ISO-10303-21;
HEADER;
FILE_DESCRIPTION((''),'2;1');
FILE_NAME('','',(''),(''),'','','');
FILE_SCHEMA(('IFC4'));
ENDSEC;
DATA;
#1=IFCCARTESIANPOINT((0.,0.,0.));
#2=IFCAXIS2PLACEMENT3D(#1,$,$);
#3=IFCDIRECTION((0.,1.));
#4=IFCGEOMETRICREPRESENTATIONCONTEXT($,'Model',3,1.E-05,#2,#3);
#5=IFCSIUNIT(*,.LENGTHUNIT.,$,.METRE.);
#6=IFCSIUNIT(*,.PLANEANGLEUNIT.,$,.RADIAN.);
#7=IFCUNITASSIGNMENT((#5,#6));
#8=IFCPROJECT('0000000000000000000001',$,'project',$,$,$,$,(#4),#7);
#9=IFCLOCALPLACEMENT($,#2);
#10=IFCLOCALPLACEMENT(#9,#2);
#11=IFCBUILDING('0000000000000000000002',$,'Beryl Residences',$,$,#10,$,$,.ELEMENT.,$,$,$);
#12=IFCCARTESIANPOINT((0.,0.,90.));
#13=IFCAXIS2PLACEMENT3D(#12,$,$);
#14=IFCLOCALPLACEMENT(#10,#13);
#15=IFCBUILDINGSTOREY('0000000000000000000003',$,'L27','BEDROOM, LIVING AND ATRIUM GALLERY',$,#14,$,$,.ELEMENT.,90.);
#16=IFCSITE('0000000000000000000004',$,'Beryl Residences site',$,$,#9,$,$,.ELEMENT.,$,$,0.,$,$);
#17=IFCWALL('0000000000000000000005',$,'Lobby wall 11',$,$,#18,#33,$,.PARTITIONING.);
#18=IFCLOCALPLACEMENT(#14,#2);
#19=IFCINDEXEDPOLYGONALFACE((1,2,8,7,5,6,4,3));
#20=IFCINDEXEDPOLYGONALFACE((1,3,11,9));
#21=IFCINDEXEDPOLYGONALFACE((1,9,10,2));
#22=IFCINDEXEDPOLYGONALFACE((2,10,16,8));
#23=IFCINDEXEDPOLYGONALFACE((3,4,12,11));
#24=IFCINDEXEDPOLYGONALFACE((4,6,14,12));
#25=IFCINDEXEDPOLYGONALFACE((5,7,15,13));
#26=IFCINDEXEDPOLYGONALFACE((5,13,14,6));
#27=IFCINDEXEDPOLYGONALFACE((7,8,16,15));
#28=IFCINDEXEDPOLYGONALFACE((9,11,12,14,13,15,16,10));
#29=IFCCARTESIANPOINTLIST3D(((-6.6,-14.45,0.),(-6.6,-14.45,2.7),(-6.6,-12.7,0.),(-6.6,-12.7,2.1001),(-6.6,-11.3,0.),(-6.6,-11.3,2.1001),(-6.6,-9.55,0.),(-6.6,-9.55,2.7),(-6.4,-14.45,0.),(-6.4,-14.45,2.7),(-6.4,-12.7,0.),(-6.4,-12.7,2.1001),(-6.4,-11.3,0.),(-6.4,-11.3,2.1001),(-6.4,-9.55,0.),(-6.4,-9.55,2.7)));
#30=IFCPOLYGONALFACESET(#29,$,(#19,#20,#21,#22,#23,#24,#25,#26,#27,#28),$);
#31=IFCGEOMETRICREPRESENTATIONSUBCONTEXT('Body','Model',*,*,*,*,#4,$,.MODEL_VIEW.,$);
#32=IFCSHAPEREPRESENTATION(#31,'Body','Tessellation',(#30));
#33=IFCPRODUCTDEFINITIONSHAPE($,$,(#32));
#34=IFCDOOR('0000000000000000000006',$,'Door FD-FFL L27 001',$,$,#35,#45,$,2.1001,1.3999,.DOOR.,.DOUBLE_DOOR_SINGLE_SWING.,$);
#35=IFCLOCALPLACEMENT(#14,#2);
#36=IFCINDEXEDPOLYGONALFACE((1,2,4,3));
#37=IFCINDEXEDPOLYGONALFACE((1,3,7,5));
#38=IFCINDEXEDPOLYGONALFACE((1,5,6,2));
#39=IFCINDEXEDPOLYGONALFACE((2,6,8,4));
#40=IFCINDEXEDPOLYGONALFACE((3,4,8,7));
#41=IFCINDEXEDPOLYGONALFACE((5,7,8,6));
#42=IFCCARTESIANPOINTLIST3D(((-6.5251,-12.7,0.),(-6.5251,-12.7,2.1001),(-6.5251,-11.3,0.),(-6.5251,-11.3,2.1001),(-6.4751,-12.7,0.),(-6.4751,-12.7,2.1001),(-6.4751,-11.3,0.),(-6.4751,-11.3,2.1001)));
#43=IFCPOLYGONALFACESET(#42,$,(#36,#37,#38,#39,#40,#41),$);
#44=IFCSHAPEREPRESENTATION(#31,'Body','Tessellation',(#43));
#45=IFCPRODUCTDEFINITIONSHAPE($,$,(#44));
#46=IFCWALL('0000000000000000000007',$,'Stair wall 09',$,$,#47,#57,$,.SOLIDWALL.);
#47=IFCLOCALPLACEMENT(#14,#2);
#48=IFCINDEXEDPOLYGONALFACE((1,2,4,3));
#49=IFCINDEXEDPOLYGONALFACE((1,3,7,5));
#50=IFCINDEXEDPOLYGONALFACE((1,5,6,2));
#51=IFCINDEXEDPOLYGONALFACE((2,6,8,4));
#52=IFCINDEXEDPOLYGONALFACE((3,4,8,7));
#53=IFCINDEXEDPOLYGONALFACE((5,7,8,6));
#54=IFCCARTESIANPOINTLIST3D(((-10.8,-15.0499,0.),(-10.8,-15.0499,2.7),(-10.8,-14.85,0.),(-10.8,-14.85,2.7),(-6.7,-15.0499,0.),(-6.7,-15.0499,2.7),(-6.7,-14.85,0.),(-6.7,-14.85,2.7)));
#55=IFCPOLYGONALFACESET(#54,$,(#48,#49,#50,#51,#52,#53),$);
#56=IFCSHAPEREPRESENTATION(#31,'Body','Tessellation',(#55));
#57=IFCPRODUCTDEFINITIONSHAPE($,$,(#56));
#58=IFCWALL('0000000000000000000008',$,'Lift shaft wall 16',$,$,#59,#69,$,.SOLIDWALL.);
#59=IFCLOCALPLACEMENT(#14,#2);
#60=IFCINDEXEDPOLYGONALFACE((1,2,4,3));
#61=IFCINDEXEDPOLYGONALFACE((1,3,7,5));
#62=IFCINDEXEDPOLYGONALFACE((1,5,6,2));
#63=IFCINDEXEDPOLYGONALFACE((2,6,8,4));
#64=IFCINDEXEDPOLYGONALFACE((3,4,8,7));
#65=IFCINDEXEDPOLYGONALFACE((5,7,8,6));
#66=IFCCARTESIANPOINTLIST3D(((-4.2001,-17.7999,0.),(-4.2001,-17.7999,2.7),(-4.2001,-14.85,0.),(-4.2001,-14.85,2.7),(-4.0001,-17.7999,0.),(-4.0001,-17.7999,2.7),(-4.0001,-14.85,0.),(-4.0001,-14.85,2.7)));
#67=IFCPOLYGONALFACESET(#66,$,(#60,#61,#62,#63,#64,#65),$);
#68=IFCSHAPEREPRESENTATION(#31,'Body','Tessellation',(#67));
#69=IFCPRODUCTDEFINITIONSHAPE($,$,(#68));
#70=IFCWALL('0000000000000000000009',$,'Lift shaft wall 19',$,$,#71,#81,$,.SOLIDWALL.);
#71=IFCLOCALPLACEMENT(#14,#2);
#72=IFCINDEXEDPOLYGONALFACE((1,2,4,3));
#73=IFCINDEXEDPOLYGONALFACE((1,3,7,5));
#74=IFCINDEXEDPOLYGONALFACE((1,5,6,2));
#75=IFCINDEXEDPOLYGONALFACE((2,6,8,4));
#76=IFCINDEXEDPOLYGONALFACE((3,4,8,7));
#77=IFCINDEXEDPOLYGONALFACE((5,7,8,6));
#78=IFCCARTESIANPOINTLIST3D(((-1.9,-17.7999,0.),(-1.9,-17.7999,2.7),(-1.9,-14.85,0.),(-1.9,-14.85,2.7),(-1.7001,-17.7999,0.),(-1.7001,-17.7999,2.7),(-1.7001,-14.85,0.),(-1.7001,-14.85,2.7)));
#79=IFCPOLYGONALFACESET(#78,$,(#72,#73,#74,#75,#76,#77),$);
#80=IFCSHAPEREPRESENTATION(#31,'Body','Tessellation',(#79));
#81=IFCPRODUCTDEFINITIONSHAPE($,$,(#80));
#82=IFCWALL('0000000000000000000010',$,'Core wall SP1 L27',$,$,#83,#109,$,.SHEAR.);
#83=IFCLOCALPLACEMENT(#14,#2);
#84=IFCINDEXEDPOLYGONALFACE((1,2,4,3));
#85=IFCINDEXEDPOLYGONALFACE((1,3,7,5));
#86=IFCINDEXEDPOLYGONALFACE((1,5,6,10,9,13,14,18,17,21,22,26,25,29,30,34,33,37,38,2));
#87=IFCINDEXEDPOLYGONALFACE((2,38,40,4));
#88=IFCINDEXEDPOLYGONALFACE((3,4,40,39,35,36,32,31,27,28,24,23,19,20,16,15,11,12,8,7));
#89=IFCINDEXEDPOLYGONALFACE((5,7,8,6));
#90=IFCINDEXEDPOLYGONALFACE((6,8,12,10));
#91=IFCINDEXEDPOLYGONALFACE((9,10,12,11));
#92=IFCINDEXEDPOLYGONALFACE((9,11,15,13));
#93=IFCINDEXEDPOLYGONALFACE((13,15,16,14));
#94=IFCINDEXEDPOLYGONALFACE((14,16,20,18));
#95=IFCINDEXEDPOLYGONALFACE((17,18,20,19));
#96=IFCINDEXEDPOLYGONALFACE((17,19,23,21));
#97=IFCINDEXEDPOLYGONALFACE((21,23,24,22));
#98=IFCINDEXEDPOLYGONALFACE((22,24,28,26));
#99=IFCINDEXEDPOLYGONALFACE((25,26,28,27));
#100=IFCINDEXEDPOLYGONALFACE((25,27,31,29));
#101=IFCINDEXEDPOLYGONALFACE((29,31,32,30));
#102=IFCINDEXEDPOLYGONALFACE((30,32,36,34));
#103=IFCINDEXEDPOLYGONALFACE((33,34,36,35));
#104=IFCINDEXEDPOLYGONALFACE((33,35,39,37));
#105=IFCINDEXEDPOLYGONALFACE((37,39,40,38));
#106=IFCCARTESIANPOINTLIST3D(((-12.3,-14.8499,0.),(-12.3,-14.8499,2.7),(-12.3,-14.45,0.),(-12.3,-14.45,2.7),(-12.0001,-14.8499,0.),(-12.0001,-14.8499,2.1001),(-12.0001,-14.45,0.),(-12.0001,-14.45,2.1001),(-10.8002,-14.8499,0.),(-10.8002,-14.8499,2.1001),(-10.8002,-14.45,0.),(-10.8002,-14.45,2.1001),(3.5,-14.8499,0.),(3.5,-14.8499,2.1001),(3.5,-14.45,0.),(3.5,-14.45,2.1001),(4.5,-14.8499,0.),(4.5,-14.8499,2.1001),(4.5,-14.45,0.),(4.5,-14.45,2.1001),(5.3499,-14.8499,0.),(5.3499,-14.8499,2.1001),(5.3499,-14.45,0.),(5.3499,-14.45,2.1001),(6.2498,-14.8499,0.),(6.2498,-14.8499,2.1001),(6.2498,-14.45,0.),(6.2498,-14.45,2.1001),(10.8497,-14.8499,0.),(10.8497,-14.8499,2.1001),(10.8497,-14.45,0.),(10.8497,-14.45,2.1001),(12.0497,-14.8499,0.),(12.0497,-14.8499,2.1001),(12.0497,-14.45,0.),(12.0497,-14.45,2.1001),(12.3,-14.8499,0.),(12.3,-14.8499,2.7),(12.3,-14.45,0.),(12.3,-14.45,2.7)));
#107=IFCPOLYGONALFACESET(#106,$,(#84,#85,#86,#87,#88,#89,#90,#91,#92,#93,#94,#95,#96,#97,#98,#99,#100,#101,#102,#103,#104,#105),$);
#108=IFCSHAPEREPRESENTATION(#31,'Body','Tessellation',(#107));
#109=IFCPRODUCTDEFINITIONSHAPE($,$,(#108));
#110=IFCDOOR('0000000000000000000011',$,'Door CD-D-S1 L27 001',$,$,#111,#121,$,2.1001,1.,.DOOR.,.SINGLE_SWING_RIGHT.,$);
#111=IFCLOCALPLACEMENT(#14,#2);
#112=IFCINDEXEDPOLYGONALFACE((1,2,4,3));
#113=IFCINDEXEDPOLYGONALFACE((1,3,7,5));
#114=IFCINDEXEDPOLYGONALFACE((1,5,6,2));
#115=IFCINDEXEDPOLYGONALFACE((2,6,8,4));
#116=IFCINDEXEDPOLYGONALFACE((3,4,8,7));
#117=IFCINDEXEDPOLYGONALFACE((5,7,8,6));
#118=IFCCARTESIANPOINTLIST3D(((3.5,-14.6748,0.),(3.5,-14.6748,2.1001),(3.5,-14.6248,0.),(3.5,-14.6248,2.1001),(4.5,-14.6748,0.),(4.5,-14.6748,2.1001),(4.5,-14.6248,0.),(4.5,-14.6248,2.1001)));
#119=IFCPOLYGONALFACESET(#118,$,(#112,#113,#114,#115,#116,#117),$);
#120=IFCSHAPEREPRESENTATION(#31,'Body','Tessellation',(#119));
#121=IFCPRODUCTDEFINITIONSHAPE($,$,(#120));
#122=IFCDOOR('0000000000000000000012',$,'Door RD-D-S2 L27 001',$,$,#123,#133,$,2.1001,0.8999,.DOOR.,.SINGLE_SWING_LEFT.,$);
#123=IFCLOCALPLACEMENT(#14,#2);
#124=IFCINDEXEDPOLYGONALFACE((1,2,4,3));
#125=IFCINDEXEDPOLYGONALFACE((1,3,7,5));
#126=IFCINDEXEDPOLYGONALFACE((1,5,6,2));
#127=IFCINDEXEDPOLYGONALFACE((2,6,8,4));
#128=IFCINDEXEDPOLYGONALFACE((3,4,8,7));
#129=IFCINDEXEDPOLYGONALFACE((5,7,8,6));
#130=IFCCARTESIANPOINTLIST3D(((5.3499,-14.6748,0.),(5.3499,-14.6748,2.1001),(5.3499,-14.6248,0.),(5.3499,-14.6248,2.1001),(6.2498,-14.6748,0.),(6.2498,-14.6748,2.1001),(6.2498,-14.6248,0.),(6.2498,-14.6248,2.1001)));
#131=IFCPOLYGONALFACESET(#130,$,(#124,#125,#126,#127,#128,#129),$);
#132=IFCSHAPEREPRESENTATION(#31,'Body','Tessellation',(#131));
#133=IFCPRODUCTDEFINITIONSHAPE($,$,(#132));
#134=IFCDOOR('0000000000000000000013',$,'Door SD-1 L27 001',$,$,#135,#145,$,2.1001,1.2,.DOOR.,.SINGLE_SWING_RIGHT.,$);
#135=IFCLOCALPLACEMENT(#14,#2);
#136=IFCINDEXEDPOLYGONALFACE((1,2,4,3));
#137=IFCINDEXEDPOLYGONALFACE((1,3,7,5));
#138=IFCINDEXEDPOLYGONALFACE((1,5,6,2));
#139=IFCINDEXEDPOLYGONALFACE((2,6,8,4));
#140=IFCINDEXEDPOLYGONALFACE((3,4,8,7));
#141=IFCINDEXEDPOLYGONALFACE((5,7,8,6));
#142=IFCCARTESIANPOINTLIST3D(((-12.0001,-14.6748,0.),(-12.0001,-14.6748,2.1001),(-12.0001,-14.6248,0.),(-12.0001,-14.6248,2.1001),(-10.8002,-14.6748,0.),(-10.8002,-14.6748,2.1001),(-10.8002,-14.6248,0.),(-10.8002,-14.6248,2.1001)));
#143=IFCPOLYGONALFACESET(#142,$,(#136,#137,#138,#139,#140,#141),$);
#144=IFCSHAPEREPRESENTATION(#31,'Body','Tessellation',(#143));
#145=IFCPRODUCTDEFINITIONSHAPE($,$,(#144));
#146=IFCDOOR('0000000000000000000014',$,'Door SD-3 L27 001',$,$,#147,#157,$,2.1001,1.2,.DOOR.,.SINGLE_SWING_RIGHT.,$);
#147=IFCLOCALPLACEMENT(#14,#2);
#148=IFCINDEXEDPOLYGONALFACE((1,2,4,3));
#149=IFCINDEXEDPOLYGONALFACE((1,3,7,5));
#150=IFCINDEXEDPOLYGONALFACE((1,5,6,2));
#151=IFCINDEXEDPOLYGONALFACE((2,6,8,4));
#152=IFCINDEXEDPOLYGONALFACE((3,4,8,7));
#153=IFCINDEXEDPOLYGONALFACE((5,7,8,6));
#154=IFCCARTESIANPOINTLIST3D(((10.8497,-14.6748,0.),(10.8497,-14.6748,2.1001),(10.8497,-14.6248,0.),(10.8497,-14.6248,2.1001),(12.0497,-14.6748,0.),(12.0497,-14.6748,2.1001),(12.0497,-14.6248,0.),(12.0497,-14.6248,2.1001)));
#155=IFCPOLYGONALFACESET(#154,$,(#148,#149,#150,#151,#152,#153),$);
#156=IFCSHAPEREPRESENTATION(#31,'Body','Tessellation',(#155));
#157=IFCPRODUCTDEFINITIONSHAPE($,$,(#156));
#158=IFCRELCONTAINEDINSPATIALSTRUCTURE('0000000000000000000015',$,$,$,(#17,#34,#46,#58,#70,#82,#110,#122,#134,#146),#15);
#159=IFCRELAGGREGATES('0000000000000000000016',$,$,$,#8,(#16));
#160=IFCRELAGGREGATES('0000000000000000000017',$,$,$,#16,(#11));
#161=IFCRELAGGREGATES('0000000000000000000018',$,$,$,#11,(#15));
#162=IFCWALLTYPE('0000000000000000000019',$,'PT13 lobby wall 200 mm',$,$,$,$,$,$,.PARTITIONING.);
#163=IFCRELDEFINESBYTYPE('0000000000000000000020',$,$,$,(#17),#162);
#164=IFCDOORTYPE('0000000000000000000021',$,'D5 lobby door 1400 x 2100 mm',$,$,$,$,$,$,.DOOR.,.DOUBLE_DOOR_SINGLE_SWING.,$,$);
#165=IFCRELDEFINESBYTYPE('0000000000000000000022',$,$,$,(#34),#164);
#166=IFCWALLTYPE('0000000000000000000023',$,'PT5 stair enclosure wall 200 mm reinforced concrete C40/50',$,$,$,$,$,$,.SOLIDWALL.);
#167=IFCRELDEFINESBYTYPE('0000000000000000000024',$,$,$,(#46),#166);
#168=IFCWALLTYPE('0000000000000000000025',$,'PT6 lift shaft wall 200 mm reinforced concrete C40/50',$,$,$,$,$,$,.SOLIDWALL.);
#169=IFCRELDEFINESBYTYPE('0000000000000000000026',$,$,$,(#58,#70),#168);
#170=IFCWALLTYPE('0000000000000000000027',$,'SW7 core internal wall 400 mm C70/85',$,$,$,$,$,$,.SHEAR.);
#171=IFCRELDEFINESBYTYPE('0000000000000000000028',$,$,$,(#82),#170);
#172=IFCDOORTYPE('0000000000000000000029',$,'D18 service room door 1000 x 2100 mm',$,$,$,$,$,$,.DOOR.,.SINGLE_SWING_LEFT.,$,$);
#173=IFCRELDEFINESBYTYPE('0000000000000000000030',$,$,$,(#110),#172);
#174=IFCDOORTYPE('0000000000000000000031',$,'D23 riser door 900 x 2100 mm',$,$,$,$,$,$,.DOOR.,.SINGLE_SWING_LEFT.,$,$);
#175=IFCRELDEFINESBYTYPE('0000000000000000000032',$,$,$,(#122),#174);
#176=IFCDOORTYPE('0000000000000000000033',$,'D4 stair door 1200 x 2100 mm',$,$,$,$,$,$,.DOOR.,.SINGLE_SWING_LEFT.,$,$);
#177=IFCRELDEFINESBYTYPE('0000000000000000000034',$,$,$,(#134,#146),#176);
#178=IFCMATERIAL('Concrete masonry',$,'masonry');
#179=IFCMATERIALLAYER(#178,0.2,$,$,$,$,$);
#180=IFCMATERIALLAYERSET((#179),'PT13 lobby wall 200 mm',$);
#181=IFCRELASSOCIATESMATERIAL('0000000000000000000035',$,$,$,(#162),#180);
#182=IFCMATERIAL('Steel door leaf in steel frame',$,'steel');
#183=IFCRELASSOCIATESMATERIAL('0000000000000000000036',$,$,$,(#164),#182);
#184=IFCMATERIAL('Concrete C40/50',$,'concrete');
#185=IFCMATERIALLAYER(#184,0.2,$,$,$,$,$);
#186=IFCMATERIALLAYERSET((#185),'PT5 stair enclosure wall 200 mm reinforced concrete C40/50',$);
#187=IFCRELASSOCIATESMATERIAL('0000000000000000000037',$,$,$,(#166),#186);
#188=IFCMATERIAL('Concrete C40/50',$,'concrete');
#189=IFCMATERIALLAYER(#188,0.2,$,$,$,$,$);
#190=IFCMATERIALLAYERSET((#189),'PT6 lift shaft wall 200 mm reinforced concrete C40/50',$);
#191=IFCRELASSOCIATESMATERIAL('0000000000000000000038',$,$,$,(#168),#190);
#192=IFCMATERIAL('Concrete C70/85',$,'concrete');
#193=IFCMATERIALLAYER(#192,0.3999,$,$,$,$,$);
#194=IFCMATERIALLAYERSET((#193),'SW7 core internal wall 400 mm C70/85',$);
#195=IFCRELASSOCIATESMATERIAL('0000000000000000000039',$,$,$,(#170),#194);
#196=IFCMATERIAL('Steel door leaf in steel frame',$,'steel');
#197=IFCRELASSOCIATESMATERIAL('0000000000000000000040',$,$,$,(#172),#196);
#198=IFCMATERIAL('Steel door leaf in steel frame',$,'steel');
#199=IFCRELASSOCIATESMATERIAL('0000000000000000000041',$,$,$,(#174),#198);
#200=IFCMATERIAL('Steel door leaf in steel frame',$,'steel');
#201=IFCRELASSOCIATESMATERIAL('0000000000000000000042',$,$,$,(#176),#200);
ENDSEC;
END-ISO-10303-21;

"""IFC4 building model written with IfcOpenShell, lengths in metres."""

from ifc_helpers import new_model, si_unit, direction, frame, frame_2d, origin, place, context, subcontext, project, spatial, rectangle, extrude, material, layer, layer_set, type_object, element, fill, save


model = new_model("IFC4")

# Units and contexts
model_context = context("Model", 3, precision=1e-05, world=origin(), true_north=direction((0.0, 1.0)))
body_context = subcontext(model_context, "Body", "Model", "MODEL_VIEW")
ifc_project = project(units=[si_unit("LENGTHUNIT", "METRE"), si_unit("PLANEANGLEUNIT", "RADIAN")], contexts=[model_context])

# Site, building, storey
site_placement = place(None, origin())
site = spatial("IfcSite", under=ifc_project, at=site_placement, Name="Beryl Residences site", CompositionType="ELEMENT", RefElevation=0.0)
building_placement = place(site_placement, origin())
building = spatial("IfcBuilding", under=site, at=building_placement, Name="Beryl Residences", CompositionType="ELEMENT")
storey_placement = place(building_placement, frame((0.0, 0.0, 90.0)))
storey = spatial("IfcBuildingStorey", under=building, at=storey_placement, Name="L27", Description="BEDROOM, LIVING AND ATRIUM GALLERY", CompositionType="ELEMENT", Elevation=90.0)

# Wall, opening, door
ifc_material_1 = material(Name="Concrete masonry", Category="masonry")
ifc_layer_1 = layer(ifc_material_1, 0.2)
ifc_layer_set_1 = layer_set([ifc_layer_1], Name="PT13 lobby wall 200 mm")
wall_type_1 = type_object("IfcWallType", Name="PT13 lobby wall 200 mm", PredefinedType="PARTITIONING", material=ifc_layer_set_1)
wall_1_placement = place(storey_placement, frame((-6.5, -14.45, 0.0), z_axis=(0.0, 0.0, 1.0), x_axis=(0.0, 1.0, 0.0)))
wall_1 = element("IfcWall", 1, at=wall_1_placement, inside=storey, type_object=wall_type_1, Name="Lobby wall 11", PredefinedType="PARTITIONING", context=body_context, shape_type="SweptSolid", body=[
    extrude(rectangle(XDim=4.8999, YDim=0.2, at=frame_2d((2.45, 0.0))), origin(), (0.0, 0.0, 1.0), 2.7),
])
opening_1_placement = place(wall_1_placement, frame((3.1499, 0.0, 0.0), z_axis=(0.0, 0.0, 1.0), x_axis=(-1.0, 0.0, 0.0)))
opening_1 = element("IfcOpeningElement", 2, at=opening_1_placement, cuts=wall_1, PredefinedType="OPENING", context=body_context, shape_type="SweptSolid", body=[
    extrude(rectangle(XDim=1.3999, YDim=2.1001, at=frame_2d((0.7, 1.05))), frame((0.0, 0.1099, 0.0), z_axis=(0.0, -1.0, 0.0), x_axis=(1.0, 0.0, 0.0)), (0.0, 0.0, 1.0), 0.22),
])
ifc_material_2 = material(Name="Steel door leaf in steel frame", Category="steel")
door_type_1 = type_object("IfcDoorType", Name="D5 lobby door 1400 x 2100 mm", OperationType="DOUBLE_DOOR_SINGLE_SWING", PredefinedType="DOOR", material=ifc_material_2)
door_1_placement = place(opening_1_placement, origin())
door_1 = element("IfcDoor", 3, at=door_1_placement, inside=storey, type_object=door_type_1, Name="Door FD-FFL L27 001", OperationType="DOUBLE_DOOR_SINGLE_SWING", OverallHeight=2.1001, OverallWidth=1.3999, PredefinedType="DOOR", context=body_context, shape_type="SweptSolid", body=[
    extrude(rectangle(XDim=1.3999, YDim=2.1001, at=frame_2d((0.7, 1.05))), frame((0.0, 0.0249, 0.0), z_axis=(0.0, -1.0, 0.0), x_axis=(1.0, 0.0, 0.0)), (0.0, 0.0, 1.0), 0.05),
])
fill(opening_1, door_1)

# Walls
ifc_material_3 = material(Name="Concrete C40/50", Category="concrete")
ifc_layer_2 = layer(ifc_material_3, 0.2)
ifc_layer_set_2 = layer_set([ifc_layer_2], Name="PT5 stair enclosure wall 200 mm reinforced concrete C40/50")
wall_type_2 = type_object("IfcWallType", Name="PT5 stair enclosure wall 200 mm reinforced concrete C40/50", PredefinedType="SOLIDWALL", material=ifc_layer_set_2)
wall_2_placement = place(storey_placement, frame((-10.8, -14.95, 0.0), z_axis=(0.0, 0.0, 1.0), x_axis=(1.0, 0.0, 0.0)))
element("IfcWall", 4, at=wall_2_placement, inside=storey, type_object=wall_type_2, Name="Stair wall 09", PredefinedType="SOLIDWALL", context=body_context, shape_type="SweptSolid", body=[
    extrude(rectangle(XDim=4.1001, YDim=0.2, at=frame_2d((2.05, 0.0))), origin(), (0.0, 0.0, 1.0), 2.7),
])
ifc_material_4 = material(Name="Concrete C40/50", Category="concrete")
ifc_layer_3 = layer(ifc_material_4, 0.2)
ifc_layer_set_3 = layer_set([ifc_layer_3], Name="PT6 lift shaft wall 200 mm reinforced concrete C40/50")
wall_type_3 = type_object("IfcWallType", Name="PT6 lift shaft wall 200 mm reinforced concrete C40/50", PredefinedType="SOLIDWALL", material=ifc_layer_set_3)
for number, where, z_axis, x_axis, name in (
    (5, (-4.1001, -17.8, 0.0), (0.0, 0.0, 1.0), (0.0, 1.0, 0.0), "Lift shaft wall 16"),
    (6, (-1.8, -17.8, 0.0), (0.0, 0.0, 1.0), (0.0, 1.0, 0.0), "Lift shaft wall 19"),
):
    element("IfcWall", number, at=place(storey_placement, frame(where, z_axis=z_axis, x_axis=x_axis)), inside=storey, type_object=wall_type_3, Name=name, PredefinedType="SOLIDWALL", context=body_context, shape_type="SweptSolid", body=[
        extrude(rectangle(XDim=2.95, YDim=0.2, at=frame_2d((1.4751, 0.0))), origin(), (0.0, 0.0, 1.0), 2.7),
    ])

# Wall, openings, doors
ifc_material_5 = material(Name="Concrete C70/85", Category="concrete")
ifc_layer_4 = layer(ifc_material_5, 0.3999)
ifc_layer_set_4 = layer_set([ifc_layer_4], Name="SW7 core internal wall 400 mm C70/85")
wall_type_4 = type_object("IfcWallType", Name="SW7 core internal wall 400 mm C70/85", PredefinedType="SHEAR", material=ifc_layer_set_4)
wall_3_placement = place(storey_placement, frame((-12.3, -14.6499, 0.0), z_axis=(0.0, 0.0, 1.0), x_axis=(1.0, 0.0, 0.0)))
wall_3 = element("IfcWall", 7, at=wall_3_placement, inside=storey, type_object=wall_type_4, Name="Core wall SP1 L27", PredefinedType="SHEAR", context=body_context, shape_type="SweptSolid", body=[
    extrude(rectangle(XDim=24.6001, YDim=0.3999, at=frame_2d((12.3, 0.0))), origin(), (0.0, 0.0, 1.0), 2.7),
])
opening_2_placement = place(wall_3_placement, frame((1.5, 0.0, 0.0), z_axis=(0.0, 0.0, 1.0), x_axis=(-1.0, 0.0, 0.0)))
opening_2 = element("IfcOpeningElement", 8, at=opening_2_placement, cuts=wall_3, PredefinedType="OPENING", context=body_context, shape_type="SweptSolid", body=[
    extrude(rectangle(XDim=1.2, YDim=2.1001, at=frame_2d((0.6001, 1.05))), frame((0.0, 0.21, 0.0), z_axis=(0.0, -1.0, 0.0), x_axis=(1.0, 0.0, 0.0)), (0.0, 0.0, 1.0), 0.4199),
])
opening_3_placement = place(wall_3_placement, frame((24.3499, 0.0, 0.0), z_axis=(0.0, 0.0, 1.0), x_axis=(-1.0, 0.0, 0.0)))
opening_3 = element("IfcOpeningElement", 9, at=opening_3_placement, cuts=wall_3, PredefinedType="OPENING", context=body_context, shape_type="SweptSolid", body=[
    extrude(rectangle(XDim=1.2, YDim=2.1001, at=frame_2d((0.6001, 1.05))), frame((0.0, 0.21, 0.0), z_axis=(0.0, -1.0, 0.0), x_axis=(1.0, 0.0, 0.0)), (0.0, 0.0, 1.0), 0.4199),
])
opening_4_placement = place(wall_3_placement, frame((16.8, 0.0, 0.0), z_axis=(0.0, 0.0, 1.0), x_axis=(-1.0, 0.0, 0.0)))
opening_4 = element("IfcOpeningElement", 10, at=opening_4_placement, cuts=wall_3, PredefinedType="OPENING", context=body_context, shape_type="SweptSolid", body=[
    extrude(rectangle(XDim=1.0, YDim=2.1001, at=frame_2d((0.5, 1.05))), frame((0.0, 0.21, 0.0), z_axis=(0.0, -1.0, 0.0), x_axis=(1.0, 0.0, 0.0)), (0.0, 0.0, 1.0), 0.4199),
])
opening_5_placement = place(wall_3_placement, frame((18.5498, 0.0, 0.0), z_axis=(0.0, 0.0, 1.0), x_axis=(-1.0, 0.0, 0.0)))
opening_5 = element("IfcOpeningElement", 11, at=opening_5_placement, cuts=wall_3, PredefinedType="OPENING", context=body_context, shape_type="SweptSolid", body=[
    extrude(rectangle(XDim=0.8999, YDim=2.1001, at=frame_2d((0.45, 1.05))), frame((0.0, 0.21, 0.0), z_axis=(0.0, -1.0, 0.0), x_axis=(1.0, 0.0, 0.0)), (0.0, 0.0, 1.0), 0.4199),
])
ifc_material_6 = material(Name="Steel door leaf in steel frame", Category="steel")
door_type_2 = type_object("IfcDoorType", Name="D18 service room door 1000 x 2100 mm", OperationType="SINGLE_SWING_LEFT", PredefinedType="DOOR", material=ifc_material_6)
door_2_placement = place(opening_4_placement, origin())
door_2 = element("IfcDoor", 12, at=door_2_placement, inside=storey, type_object=door_type_2, Name="Door CD-D-S1 L27 001", OperationType="SINGLE_SWING_RIGHT", OverallHeight=2.1001, OverallWidth=1.0, PredefinedType="DOOR", context=body_context, shape_type="SweptSolid", body=[
    extrude(rectangle(XDim=1.0, YDim=2.1001, at=frame_2d((0.5, 1.05))), frame((0.0, 0.0249, 0.0), z_axis=(0.0, -1.0, 0.0), x_axis=(1.0, 0.0, 0.0)), (0.0, 0.0, 1.0), 0.05),
])
fill(opening_4, door_2)
ifc_material_7 = material(Name="Steel door leaf in steel frame", Category="steel")
door_type_3 = type_object("IfcDoorType", Name="D23 riser door 900 x 2100 mm", OperationType="SINGLE_SWING_LEFT", PredefinedType="DOOR", material=ifc_material_7)
door_3_placement = place(opening_5_placement, origin())
door_3 = element("IfcDoor", 13, at=door_3_placement, inside=storey, type_object=door_type_3, Name="Door RD-D-S2 L27 001", OperationType="SINGLE_SWING_LEFT", OverallHeight=2.1001, OverallWidth=0.8999, PredefinedType="DOOR", context=body_context, shape_type="SweptSolid", body=[
    extrude(rectangle(XDim=0.8999, YDim=2.1001, at=frame_2d((0.45, 1.05))), frame((0.0, 0.0249, 0.0), z_axis=(0.0, -1.0, 0.0), x_axis=(1.0, 0.0, 0.0)), (0.0, 0.0, 1.0), 0.05),
])
fill(opening_5, door_3)
ifc_material_8 = material(Name="Steel door leaf in steel frame", Category="steel")
door_type_4 = type_object("IfcDoorType", Name="D4 stair door 1200 x 2100 mm", OperationType="SINGLE_SWING_LEFT", PredefinedType="DOOR", material=ifc_material_8)
door_4_placement = place(opening_2_placement, origin())
door_4 = element("IfcDoor", 14, at=door_4_placement, inside=storey, type_object=door_type_4, Name="Door SD-1 L27 001", OperationType="SINGLE_SWING_RIGHT", OverallHeight=2.1001, OverallWidth=1.2, PredefinedType="DOOR", context=body_context, shape_type="SweptSolid", body=[
    extrude(rectangle(XDim=1.2, YDim=2.1001, at=frame_2d((0.6001, 1.05))), frame((0.0, 0.0249, 0.0), z_axis=(0.0, -1.0, 0.0), x_axis=(1.0, 0.0, 0.0)), (0.0, 0.0, 1.0), 0.05),
])
fill(opening_2, door_4)
door_5_placement = place(opening_3_placement, origin())
door_5 = element("IfcDoor", 15, at=door_5_placement, inside=storey, type_object=door_type_4, Name="Door SD-3 L27 001", OperationType="SINGLE_SWING_RIGHT", OverallHeight=2.1001, OverallWidth=1.2, PredefinedType="DOOR", context=body_context, shape_type="SweptSolid", body=[
    extrude(rectangle(XDim=1.2, YDim=2.1001, at=frame_2d((0.6001, 1.05))), frame((0.0, 0.0249, 0.0), z_axis=(0.0, -1.0, 0.0), x_axis=(1.0, 0.0, 0.0)), (0.0, 0.0, 1.0), 0.05),
])
fill(opening_3, door_5)

save(model, "model.ifc")
